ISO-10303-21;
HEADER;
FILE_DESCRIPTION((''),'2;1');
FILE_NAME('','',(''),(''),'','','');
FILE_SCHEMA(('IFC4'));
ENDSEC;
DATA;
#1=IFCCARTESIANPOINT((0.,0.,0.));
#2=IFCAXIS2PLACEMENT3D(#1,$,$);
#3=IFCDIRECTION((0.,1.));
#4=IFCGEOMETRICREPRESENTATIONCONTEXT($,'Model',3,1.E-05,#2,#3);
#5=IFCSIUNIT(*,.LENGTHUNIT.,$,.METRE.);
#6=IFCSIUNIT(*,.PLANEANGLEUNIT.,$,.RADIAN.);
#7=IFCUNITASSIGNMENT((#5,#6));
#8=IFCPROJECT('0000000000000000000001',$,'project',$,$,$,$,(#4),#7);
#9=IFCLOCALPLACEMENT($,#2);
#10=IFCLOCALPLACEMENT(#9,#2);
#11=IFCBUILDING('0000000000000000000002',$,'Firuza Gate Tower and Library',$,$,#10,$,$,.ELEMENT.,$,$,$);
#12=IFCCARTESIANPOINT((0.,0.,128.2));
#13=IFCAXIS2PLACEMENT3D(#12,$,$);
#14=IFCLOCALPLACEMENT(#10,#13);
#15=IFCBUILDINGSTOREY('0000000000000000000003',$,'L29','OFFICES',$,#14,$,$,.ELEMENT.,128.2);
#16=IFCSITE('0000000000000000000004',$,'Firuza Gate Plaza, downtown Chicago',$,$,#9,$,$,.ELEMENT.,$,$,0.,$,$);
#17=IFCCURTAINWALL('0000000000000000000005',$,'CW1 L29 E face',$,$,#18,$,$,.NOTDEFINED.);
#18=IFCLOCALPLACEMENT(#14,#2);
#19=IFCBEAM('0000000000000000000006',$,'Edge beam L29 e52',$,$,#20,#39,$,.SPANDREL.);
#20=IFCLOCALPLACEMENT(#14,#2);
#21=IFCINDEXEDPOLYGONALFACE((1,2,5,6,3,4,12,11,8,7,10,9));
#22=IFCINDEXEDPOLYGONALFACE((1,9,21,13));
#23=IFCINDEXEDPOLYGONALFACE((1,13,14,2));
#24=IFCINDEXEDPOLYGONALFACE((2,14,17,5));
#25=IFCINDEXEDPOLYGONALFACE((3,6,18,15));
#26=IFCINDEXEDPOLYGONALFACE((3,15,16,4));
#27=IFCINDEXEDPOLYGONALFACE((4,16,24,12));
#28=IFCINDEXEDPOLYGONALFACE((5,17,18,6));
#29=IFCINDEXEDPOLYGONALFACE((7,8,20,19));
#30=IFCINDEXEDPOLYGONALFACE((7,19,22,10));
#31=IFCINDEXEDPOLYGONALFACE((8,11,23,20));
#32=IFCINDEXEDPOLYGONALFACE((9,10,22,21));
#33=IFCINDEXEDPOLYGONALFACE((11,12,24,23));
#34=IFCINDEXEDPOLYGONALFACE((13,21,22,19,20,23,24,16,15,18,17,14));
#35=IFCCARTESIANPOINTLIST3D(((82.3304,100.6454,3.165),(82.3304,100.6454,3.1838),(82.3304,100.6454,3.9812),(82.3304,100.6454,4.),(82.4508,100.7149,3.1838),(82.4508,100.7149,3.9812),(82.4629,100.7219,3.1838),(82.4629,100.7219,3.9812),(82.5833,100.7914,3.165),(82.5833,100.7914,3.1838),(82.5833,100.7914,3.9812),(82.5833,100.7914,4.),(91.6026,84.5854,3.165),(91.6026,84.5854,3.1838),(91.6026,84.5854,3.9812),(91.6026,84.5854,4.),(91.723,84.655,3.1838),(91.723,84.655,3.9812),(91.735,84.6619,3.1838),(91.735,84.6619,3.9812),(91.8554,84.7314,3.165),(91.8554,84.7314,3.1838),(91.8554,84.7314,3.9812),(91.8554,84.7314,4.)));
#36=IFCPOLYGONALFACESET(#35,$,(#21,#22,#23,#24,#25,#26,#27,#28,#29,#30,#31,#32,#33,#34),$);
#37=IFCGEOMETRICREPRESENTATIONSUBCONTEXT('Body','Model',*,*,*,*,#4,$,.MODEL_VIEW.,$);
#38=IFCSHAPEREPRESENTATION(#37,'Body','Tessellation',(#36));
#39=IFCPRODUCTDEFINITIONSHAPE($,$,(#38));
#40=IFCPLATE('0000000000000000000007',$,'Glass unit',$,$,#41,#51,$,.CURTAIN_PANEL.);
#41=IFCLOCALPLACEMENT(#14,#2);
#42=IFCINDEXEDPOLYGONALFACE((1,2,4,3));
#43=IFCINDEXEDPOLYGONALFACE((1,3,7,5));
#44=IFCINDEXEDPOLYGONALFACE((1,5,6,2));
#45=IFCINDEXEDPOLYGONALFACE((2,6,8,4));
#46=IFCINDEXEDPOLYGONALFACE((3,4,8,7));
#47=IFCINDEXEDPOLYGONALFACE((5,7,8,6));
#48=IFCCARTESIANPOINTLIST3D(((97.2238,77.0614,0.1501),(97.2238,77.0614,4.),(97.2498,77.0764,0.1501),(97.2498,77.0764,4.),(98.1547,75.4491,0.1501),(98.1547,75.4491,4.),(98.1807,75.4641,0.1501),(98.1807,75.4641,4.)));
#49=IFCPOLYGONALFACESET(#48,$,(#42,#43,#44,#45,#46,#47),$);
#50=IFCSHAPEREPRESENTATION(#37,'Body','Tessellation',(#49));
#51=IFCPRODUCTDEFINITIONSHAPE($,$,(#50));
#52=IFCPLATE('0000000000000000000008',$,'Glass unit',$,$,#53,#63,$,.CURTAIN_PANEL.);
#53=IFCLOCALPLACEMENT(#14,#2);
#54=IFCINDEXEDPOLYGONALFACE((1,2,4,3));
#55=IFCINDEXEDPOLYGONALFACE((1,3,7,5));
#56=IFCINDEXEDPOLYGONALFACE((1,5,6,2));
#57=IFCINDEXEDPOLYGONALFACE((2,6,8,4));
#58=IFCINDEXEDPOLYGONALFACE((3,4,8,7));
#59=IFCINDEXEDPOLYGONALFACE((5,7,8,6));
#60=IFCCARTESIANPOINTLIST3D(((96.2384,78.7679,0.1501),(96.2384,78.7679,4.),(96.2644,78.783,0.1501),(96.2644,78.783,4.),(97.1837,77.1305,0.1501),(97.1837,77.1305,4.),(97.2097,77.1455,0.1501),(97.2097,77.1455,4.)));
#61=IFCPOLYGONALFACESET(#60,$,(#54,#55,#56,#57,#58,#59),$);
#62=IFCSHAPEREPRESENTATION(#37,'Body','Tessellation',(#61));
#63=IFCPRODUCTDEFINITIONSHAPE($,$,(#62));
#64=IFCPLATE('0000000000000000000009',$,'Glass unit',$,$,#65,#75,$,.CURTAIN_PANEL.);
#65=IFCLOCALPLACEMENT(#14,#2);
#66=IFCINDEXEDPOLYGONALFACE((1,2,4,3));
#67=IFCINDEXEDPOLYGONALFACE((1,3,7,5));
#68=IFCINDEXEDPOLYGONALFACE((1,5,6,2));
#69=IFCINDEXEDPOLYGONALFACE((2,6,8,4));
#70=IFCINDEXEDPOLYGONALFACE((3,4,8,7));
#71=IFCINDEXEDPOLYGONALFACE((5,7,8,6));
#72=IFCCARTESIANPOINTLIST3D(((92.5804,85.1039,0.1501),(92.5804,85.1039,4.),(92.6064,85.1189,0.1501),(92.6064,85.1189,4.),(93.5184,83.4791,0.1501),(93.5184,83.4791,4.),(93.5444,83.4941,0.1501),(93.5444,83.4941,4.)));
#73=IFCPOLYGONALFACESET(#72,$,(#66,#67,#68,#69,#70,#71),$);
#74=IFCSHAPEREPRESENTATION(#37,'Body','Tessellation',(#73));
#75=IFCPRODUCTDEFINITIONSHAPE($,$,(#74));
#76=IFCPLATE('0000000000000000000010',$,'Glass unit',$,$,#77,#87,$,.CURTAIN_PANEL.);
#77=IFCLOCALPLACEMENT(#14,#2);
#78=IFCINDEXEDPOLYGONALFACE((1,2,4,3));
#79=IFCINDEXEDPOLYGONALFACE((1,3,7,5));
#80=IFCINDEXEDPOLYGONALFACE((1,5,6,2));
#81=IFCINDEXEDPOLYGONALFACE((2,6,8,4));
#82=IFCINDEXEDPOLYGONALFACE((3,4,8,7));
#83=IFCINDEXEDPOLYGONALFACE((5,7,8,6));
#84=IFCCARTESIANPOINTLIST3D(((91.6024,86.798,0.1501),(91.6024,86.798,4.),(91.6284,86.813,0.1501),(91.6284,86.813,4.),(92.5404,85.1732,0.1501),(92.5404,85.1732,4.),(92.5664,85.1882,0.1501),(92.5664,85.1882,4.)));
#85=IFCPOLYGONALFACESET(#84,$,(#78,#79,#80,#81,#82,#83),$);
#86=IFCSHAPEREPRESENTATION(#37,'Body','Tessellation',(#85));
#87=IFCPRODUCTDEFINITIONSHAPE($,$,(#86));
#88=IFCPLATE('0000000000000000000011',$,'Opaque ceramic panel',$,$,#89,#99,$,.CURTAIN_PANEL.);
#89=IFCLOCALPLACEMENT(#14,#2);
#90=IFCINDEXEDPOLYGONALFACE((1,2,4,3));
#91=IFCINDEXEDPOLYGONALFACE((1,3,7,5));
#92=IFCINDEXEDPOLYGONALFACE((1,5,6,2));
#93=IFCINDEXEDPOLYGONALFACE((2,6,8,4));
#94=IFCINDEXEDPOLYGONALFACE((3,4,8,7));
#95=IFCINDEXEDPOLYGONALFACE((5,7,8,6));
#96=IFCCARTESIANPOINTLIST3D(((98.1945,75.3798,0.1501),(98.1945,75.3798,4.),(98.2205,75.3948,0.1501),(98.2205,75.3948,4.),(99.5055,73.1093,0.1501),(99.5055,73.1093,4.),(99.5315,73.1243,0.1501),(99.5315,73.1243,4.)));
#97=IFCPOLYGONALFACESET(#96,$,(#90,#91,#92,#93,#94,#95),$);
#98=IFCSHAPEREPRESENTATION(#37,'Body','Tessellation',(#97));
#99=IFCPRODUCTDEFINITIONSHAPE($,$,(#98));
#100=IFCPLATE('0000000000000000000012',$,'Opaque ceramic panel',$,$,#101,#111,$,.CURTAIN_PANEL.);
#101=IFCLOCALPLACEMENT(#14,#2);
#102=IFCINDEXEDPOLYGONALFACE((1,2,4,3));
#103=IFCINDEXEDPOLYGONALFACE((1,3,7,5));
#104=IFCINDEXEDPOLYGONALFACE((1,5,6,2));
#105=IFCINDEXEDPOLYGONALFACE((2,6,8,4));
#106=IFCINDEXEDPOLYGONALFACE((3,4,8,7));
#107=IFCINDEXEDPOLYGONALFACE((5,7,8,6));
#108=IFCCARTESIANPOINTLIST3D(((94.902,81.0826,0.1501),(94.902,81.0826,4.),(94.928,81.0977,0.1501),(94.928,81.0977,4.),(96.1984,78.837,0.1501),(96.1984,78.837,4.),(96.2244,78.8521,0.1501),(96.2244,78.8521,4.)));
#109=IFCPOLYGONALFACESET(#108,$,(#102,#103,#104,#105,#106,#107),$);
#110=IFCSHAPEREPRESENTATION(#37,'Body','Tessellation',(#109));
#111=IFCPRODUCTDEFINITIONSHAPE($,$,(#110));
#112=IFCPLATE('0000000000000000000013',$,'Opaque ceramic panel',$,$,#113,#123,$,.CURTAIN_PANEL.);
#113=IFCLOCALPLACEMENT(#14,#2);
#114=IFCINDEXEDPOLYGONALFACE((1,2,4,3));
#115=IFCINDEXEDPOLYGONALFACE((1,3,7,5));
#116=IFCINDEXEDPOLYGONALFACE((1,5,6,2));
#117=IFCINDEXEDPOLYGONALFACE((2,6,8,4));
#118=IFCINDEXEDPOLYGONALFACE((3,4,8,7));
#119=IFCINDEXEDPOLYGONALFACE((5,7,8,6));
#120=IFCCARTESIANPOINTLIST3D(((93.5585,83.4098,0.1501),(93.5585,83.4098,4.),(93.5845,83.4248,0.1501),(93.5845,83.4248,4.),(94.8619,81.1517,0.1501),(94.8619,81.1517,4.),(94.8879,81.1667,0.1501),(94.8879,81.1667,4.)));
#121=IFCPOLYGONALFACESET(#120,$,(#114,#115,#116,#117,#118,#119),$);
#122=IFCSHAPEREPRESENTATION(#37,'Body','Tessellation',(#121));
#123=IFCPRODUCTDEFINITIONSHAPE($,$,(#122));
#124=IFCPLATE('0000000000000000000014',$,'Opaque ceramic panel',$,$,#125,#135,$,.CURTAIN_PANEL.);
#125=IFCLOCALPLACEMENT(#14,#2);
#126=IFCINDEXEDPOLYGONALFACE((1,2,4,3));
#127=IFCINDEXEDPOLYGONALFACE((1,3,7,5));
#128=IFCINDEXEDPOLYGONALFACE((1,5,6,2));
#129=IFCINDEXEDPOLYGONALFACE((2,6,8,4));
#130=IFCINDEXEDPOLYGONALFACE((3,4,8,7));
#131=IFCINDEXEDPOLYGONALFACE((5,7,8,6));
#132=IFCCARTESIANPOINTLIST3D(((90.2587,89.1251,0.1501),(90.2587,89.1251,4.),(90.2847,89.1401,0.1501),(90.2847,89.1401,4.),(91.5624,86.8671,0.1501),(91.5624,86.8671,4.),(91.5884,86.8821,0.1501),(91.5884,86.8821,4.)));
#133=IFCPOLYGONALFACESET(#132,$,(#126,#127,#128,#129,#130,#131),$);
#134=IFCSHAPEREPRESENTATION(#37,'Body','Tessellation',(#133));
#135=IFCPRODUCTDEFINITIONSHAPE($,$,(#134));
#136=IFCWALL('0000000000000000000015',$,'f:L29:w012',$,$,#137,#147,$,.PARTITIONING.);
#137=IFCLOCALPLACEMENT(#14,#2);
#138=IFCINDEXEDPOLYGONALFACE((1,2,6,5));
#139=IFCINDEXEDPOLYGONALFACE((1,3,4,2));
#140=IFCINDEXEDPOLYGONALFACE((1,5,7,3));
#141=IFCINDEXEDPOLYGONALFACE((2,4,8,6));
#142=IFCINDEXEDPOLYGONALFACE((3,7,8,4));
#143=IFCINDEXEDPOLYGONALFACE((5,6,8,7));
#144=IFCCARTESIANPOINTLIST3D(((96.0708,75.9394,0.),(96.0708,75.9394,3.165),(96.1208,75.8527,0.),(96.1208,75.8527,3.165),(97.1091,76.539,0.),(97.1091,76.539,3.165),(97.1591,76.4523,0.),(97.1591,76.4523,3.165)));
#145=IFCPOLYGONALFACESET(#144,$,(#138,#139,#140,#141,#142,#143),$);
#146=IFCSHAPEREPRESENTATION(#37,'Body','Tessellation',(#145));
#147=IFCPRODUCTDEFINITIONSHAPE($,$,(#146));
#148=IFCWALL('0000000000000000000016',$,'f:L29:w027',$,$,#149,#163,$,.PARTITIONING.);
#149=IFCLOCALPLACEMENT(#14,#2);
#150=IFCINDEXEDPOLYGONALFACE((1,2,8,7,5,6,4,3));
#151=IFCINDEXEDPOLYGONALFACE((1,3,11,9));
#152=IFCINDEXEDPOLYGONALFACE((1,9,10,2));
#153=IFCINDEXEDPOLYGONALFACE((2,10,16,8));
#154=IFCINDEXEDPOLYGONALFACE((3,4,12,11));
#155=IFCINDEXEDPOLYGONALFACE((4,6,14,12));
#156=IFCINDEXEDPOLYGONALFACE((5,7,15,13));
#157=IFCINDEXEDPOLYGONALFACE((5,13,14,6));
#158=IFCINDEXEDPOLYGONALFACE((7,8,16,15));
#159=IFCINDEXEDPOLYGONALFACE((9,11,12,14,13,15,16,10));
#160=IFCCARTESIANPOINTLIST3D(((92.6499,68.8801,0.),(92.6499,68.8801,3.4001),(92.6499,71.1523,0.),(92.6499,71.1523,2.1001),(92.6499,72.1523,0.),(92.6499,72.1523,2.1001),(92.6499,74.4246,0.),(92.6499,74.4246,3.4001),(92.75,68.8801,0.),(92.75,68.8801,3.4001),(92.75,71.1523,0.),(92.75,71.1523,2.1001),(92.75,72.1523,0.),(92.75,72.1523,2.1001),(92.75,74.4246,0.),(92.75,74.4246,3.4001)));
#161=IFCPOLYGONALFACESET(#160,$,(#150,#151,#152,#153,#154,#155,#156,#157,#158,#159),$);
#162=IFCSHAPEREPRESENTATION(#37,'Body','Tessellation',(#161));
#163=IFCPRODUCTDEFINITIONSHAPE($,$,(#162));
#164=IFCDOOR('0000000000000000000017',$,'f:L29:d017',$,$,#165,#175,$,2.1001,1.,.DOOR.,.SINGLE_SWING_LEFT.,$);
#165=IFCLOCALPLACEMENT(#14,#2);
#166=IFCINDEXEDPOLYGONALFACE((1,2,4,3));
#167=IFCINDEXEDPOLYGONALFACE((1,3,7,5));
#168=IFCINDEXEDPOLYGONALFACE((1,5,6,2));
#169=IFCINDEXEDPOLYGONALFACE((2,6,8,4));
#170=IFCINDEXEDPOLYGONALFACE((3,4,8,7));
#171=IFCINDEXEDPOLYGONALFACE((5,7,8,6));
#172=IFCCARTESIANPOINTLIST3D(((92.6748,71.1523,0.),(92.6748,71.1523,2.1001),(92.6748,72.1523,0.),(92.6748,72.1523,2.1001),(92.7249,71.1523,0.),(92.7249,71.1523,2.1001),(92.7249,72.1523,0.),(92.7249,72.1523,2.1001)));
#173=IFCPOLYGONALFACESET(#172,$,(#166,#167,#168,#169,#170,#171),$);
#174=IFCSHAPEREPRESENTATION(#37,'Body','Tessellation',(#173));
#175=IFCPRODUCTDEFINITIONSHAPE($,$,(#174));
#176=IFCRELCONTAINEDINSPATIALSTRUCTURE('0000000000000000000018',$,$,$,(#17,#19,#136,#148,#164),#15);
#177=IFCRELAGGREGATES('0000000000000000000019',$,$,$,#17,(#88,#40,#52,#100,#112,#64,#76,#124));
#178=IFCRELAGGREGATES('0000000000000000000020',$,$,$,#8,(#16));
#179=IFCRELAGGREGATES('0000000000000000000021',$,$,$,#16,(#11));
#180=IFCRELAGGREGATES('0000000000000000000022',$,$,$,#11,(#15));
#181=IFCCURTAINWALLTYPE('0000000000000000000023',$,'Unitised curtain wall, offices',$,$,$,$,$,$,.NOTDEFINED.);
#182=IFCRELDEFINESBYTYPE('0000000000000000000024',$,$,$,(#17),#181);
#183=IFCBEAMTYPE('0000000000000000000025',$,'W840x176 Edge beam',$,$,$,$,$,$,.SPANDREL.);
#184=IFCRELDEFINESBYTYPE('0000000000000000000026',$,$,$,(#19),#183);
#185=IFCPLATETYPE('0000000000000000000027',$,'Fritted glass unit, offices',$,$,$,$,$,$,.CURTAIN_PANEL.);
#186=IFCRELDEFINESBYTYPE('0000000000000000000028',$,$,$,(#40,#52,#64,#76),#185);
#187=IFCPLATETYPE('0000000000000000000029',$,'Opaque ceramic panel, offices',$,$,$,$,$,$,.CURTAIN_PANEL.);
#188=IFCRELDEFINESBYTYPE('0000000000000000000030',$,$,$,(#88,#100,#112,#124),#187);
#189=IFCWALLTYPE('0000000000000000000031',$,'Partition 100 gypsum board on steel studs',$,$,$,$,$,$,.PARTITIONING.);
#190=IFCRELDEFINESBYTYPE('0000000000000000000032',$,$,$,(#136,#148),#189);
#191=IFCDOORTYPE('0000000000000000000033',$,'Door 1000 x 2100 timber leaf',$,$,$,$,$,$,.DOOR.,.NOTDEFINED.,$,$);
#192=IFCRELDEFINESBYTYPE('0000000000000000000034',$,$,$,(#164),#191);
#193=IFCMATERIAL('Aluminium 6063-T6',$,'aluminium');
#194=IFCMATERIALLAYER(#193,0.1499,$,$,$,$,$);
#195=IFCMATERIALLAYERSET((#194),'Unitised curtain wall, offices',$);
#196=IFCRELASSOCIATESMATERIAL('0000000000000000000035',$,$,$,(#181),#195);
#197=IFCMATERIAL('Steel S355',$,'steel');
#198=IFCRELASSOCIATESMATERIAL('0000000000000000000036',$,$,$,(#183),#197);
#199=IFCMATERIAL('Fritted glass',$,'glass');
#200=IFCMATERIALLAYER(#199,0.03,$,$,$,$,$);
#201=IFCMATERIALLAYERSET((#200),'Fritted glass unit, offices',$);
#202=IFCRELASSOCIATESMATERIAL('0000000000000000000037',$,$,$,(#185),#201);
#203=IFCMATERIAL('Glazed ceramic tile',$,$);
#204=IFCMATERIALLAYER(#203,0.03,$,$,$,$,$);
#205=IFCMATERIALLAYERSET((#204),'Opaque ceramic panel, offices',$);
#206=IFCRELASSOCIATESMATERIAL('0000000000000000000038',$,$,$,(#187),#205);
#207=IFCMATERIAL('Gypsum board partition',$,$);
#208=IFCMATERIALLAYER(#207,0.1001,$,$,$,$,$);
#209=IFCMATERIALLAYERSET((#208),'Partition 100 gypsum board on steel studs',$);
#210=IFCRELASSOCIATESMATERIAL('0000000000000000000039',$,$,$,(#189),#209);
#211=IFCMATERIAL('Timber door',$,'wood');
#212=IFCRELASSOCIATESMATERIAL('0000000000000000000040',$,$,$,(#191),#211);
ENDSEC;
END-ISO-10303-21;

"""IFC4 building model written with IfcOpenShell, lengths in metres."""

from ifc_helpers import new_model, si_unit, direction, frame, frame_2d, origin, origin_2d, place, context, subcontext, project, spatial, polyline, rectangle, i_section, outline, extrude, material, layer, layer_set, material_profile, profile_set, type_object, element, fill, aggregate, save


model = new_model("IFC4")

# Units and contexts
model_context = context("Model", 3, precision=1e-05, world=origin(), true_north=direction((0.0, 1.0)))
body_context = subcontext(model_context, "Body", "Model", "MODEL_VIEW")
ifc_project = project(units=[si_unit("LENGTHUNIT", "METRE"), si_unit("PLANEANGLEUNIT", "RADIAN")], contexts=[model_context])

# Site, building, storey
site_placement = place(None, origin())
site = spatial("IfcSite", under=ifc_project, at=site_placement, Name="Firuza Gate Plaza, downtown Chicago", CompositionType="ELEMENT", RefElevation=0.0)
building_placement = place(site_placement, origin())
building = spatial("IfcBuilding", under=site, at=building_placement, Name="Firuza Gate Tower and Library", CompositionType="ELEMENT")
storey_placement = place(building_placement, frame((0.0, 0.0, 128.2)))
storey = spatial("IfcBuildingStorey", under=building, at=storey_placement, Name="L29", Description="OFFICES", CompositionType="ELEMENT", Elevation=128.2)

# Curtain wall
ifc_material_1 = material(Name="Aluminium 6063-T6", Category="aluminium")
ifc_layer_1 = layer(ifc_material_1, 0.1499)
ifc_layer_set_1 = layer_set([ifc_layer_1], Name="Unitised curtain wall, offices")
curtain_wall_type = type_object("IfcCurtainWallType", Name="Unitised curtain wall, offices", PredefinedType="NOTDEFINED", material=ifc_layer_set_1)
curtain_wall_placement = place(storey_placement, origin())
curtain_wall = element("IfcCurtainWall", 1, at=curtain_wall_placement, inside=storey, type_object=curtain_wall_type, Name="CW1 L29 E face", PredefinedType="NOTDEFINED")

# Beam
ifc_material_2 = material(Name="Steel S355", Category="steel")
ifc_material_profile_1 = material_profile(ifc_material_2, i_section(OverallWidth=0.292, OverallDepth=0.835, WebThickness=0.0139, FlangeThickness=0.0188, at=origin_2d()))
ifc_profile_set_1 = profile_set([ifc_material_profile_1], Name="Steel S355")
beam_type_1 = type_object("IfcBeamType", Name="W840x176 Edge beam", PredefinedType="SPANDREL", material=ifc_profile_set_1)
beam_1_placement = place(storey_placement, frame((91.729, 84.6584, 3.5825), z_axis=(-0.499997, 0.866027, 0.0), x_axis=(-0.866027, -0.499997, 0.0)))
element("IfcBeam", 2, at=beam_1_placement, inside=storey, type_object=beam_type_1, Name="Edge beam L29 e52", PredefinedType="SPANDREL", context=body_context, shape_type="SweptSolid", body=[
    extrude(i_section(OverallWidth=0.292, OverallDepth=0.835, WebThickness=0.0139, FlangeThickness=0.0188, at=origin_2d()), origin(), (0.0, 0.0, 1.0), 18.5444),
])

# Plates
ifc_material_3 = material(Name="Fritted glass", Category="glass")
ifc_layer_2 = layer(ifc_material_3, 0.03)
ifc_layer_set_2 = layer_set([ifc_layer_2], Name="Fritted glass unit, offices")
plate_type_1 = type_object("IfcPlateType", Name="Fritted glass unit, offices", PredefinedType="CURTAIN_PANEL", material=ifc_layer_set_2)
plate_1_placement = place(storey_placement, frame((98.1807, 75.4641, 0.1501), z_axis=(0.866015, 0.500018, 0.0), x_axis=(-0.500018, 0.866015, 0.0)))
plate_1 = element("IfcPlate", 3, at=plate_1_placement, type_object=plate_type_1, Name="Glass unit", PredefinedType="CURTAIN_PANEL", context=body_context, shape_type="SweptSolid", body=[
    extrude(outline(polyline([(0.0, 0.0), (1.8618, 0.0), (1.8618, 3.8499), (0.0, 3.8499), (0.0, 0.0)])), origin(), (0.0, 0.0, -1.0), 0.03),
])
plate_2_placement = place(storey_placement, frame((97.2097, 77.1455, 0.1501), z_axis=(0.866042, 0.499972, 0.0), x_axis=(-0.499972, 0.866042, 0.0)))
plate_2 = element("IfcPlate", 4, at=plate_2_placement, type_object=plate_type_1, Name="Glass unit", PredefinedType="CURTAIN_PANEL", context=body_context, shape_type="SweptSolid", body=[
    extrude(outline(polyline([(0.0, 0.0), (1.8907, 0.0), (1.8907, 3.8499), (0.0, 3.8499), (0.0, 0.0)])), origin(), (0.0, 0.0, -1.0), 0.03),
])
plate_3_placement = place(storey_placement, frame((93.5444, 83.4941, 0.1501), z_axis=(0.86604, 0.499974, 0.0), x_axis=(-0.499974, 0.86604, 0.0)))
plate_3 = element("IfcPlate", 5, at=plate_3_placement, type_object=plate_type_1, Name="Glass unit", PredefinedType="CURTAIN_PANEL", context=body_context, shape_type="SweptSolid", body=[
    extrude(outline(polyline([(0.0, 0.0), (1.8761, 0.0), (1.8761, 3.8499), (0.0, 3.8499), (0.0, 0.0)])), origin(), (0.0, 0.0, -1.0), 0.03),
])
plate_4_placement = place(storey_placement, frame((92.5664, 85.1882, 0.1501), z_axis=(0.86604, 0.499974, 0.0), x_axis=(-0.499974, 0.86604, 0.0)))
plate_4 = element("IfcPlate", 6, at=plate_4_placement, type_object=plate_type_1, Name="Glass unit", PredefinedType="CURTAIN_PANEL", context=body_context, shape_type="SweptSolid", body=[
    extrude(outline(polyline([(0.0, 0.0), (1.8761, 0.0), (1.8761, 3.8499), (0.0, 3.8499), (0.0, 0.0)])), origin(), (0.0, 0.0, -1.0), 0.03),
])
ifc_material_4 = material(Name="Glazed ceramic tile")
ifc_layer_3 = layer(ifc_material_4, 0.03)
ifc_layer_set_3 = layer_set([ifc_layer_3], Name="Opaque ceramic panel, offices")
plate_type_2 = type_object("IfcPlateType", Name="Opaque ceramic panel, offices", PredefinedType="CURTAIN_PANEL", material=ifc_layer_set_3)
plate_5_placement = place(storey_placement, frame((99.5315, 73.1243, 0.1501), z_axis=(0.865999, 0.500045, 0.0), x_axis=(-0.500045, 0.865999, 0.0)))
plate_5 = element("IfcPlate", 7, at=plate_5_placement, type_object=plate_type_2, Name="Opaque ceramic panel", PredefinedType="CURTAIN_PANEL", context=body_context, shape_type="SweptSolid", body=[
    extrude(outline(polyline([(0.0, 0.0), (2.6218, 0.0), (2.6218, 3.8499), (0.0, 3.8499), (0.0, 0.0)])), origin(), (0.0, 0.0, -1.0), 0.03),
])
plate_6_placement = place(storey_placement, frame((96.2244, 78.8521, 0.1501), z_axis=(0.866044, 0.499967, 0.0), x_axis=(-0.499967, 0.866044, 0.0)))
plate_6 = element("IfcPlate", 8, at=plate_6_placement, type_object=plate_type_2, Name="Opaque ceramic panel", PredefinedType="CURTAIN_PANEL", context=body_context, shape_type="SweptSolid", body=[
    extrude(outline(polyline([(0.0, 0.0), (2.5929, 0.0), (2.5929, 3.8499), (0.0, 3.8499), (0.0, 0.0)])), origin(), (0.0, 0.0, -1.0), 0.03),
])
plate_7_placement = place(storey_placement, frame((94.8879, 81.1667, 0.1501), z_axis=(0.866062, 0.499936, 0.0), x_axis=(-0.499936, 0.866062, 0.0)))
plate_7 = element("IfcPlate", 9, at=plate_7_placement, type_object=plate_type_2, Name="Opaque ceramic panel", PredefinedType="CURTAIN_PANEL", context=body_context, shape_type="SweptSolid", body=[
    extrude(outline(polyline([(0.0, 0.0), (2.6073, 0.0), (2.6073, 3.8499), (0.0, 3.8499), (0.0, 0.0)])), origin(), (0.0, 0.0, -1.0), 0.03),
])
plate_8_placement = place(storey_placement, frame((91.5884, 86.8821, 0.1501), z_axis=(0.866022, 0.500006, 0.0), x_axis=(-0.500006, 0.866022, 0.0)))
plate_8 = element("IfcPlate", 10, at=plate_8_placement, type_object=plate_type_2, Name="Opaque ceramic panel", PredefinedType="CURTAIN_PANEL", context=body_context, shape_type="SweptSolid", body=[
    extrude(outline(polyline([(0.0, 0.0), (2.6074, 0.0), (2.6074, 3.8499), (0.0, 3.8499), (0.0, 0.0)])), origin(), (0.0, 0.0, -1.0), 0.03),
])
aggregate(curtain_wall, [plate_5, plate_1, plate_2, plate_6, plate_7, plate_3, plate_4, plate_8])

# Wall
ifc_material_5 = material(Name="Gypsum board partition")
ifc_layer_4 = layer(ifc_material_5, 0.1001)
ifc_layer_set_4 = layer_set([ifc_layer_4], Name="Partition 100 gypsum board on steel studs")
wall_type = type_object("IfcWallType", Name="Partition 100 gypsum board on steel studs", PredefinedType="PARTITIONING", material=ifc_layer_set_4)
wall_1_placement = place(storey_placement, frame((96.0957, 75.896, 0.0), z_axis=(0.0, 0.0, 1.0), x_axis=(0.865979, 0.500081, 0.0)))
element("IfcWall", 11, at=wall_1_placement, inside=storey, type_object=wall_type, Name="f:L29:w012", PredefinedType="PARTITIONING", context=body_context, shape_type="SweptSolid", body=[
    extrude(rectangle(XDim=1.199, YDim=0.1001, at=frame_2d((0.5996, 0.0))), origin(), (0.0, 0.0, 1.0), 3.165),
])

# Wall, opening, door
wall_2_placement = place(storey_placement, frame((92.7, 74.4246, 0.0), z_axis=(0.0, 0.0, 1.0), x_axis=(0.0, -1.0, 0.0)))
wall_2 = element("IfcWall", 12, at=wall_2_placement, inside=storey, type_object=wall_type, Name="f:L29:w027", PredefinedType="PARTITIONING", context=body_context, shape_type="SweptSolid", body=[
    extrude(rectangle(XDim=5.5444, YDim=0.1001, at=frame_2d((2.7722, 0.0))), origin(), (0.0, 0.0, 1.0), 3.4001),
])
opening_placement = place(wall_2_placement, frame((2.2722, 0.0, 0.0)))
opening = element("IfcOpeningElement", 13, at=opening_placement, cuts=wall_2, PredefinedType="OPENING", context=body_context, shape_type="SweptSolid", body=[
    extrude(rectangle(XDim=1.0, YDim=2.1001, at=frame_2d((0.5, 1.05))), frame((0.0, 0.0601, 0.0), z_axis=(0.0, -1.0, 0.0), x_axis=(1.0, 0.0, 0.0)), (0.0, 0.0, 1.0), 0.1201),
])
ifc_material_6 = material(Name="Timber door", Category="wood")
door_type = type_object("IfcDoorType", Name="Door 1000 x 2100 timber leaf", OperationType="NOTDEFINED", PredefinedType="DOOR", material=ifc_material_6)
door_placement = place(opening_placement, origin())
door = element("IfcDoor", 14, at=door_placement, inside=storey, type_object=door_type, Name="f:L29:d017", OperationType="SINGLE_SWING_LEFT", OverallHeight=2.1001, OverallWidth=1.0, PredefinedType="DOOR", context=body_context, shape_type="SweptSolid", body=[
    extrude(rectangle(XDim=1.0, YDim=2.1001, at=frame_2d((0.5, 1.05))), frame((0.0, 0.0249, 0.0), z_axis=(0.0, -1.0, 0.0), x_axis=(1.0, 0.0, 0.0)), (0.0, 0.0, 1.0), 0.05),
])
fill(opening, door)

save(model, "model.ifc")
